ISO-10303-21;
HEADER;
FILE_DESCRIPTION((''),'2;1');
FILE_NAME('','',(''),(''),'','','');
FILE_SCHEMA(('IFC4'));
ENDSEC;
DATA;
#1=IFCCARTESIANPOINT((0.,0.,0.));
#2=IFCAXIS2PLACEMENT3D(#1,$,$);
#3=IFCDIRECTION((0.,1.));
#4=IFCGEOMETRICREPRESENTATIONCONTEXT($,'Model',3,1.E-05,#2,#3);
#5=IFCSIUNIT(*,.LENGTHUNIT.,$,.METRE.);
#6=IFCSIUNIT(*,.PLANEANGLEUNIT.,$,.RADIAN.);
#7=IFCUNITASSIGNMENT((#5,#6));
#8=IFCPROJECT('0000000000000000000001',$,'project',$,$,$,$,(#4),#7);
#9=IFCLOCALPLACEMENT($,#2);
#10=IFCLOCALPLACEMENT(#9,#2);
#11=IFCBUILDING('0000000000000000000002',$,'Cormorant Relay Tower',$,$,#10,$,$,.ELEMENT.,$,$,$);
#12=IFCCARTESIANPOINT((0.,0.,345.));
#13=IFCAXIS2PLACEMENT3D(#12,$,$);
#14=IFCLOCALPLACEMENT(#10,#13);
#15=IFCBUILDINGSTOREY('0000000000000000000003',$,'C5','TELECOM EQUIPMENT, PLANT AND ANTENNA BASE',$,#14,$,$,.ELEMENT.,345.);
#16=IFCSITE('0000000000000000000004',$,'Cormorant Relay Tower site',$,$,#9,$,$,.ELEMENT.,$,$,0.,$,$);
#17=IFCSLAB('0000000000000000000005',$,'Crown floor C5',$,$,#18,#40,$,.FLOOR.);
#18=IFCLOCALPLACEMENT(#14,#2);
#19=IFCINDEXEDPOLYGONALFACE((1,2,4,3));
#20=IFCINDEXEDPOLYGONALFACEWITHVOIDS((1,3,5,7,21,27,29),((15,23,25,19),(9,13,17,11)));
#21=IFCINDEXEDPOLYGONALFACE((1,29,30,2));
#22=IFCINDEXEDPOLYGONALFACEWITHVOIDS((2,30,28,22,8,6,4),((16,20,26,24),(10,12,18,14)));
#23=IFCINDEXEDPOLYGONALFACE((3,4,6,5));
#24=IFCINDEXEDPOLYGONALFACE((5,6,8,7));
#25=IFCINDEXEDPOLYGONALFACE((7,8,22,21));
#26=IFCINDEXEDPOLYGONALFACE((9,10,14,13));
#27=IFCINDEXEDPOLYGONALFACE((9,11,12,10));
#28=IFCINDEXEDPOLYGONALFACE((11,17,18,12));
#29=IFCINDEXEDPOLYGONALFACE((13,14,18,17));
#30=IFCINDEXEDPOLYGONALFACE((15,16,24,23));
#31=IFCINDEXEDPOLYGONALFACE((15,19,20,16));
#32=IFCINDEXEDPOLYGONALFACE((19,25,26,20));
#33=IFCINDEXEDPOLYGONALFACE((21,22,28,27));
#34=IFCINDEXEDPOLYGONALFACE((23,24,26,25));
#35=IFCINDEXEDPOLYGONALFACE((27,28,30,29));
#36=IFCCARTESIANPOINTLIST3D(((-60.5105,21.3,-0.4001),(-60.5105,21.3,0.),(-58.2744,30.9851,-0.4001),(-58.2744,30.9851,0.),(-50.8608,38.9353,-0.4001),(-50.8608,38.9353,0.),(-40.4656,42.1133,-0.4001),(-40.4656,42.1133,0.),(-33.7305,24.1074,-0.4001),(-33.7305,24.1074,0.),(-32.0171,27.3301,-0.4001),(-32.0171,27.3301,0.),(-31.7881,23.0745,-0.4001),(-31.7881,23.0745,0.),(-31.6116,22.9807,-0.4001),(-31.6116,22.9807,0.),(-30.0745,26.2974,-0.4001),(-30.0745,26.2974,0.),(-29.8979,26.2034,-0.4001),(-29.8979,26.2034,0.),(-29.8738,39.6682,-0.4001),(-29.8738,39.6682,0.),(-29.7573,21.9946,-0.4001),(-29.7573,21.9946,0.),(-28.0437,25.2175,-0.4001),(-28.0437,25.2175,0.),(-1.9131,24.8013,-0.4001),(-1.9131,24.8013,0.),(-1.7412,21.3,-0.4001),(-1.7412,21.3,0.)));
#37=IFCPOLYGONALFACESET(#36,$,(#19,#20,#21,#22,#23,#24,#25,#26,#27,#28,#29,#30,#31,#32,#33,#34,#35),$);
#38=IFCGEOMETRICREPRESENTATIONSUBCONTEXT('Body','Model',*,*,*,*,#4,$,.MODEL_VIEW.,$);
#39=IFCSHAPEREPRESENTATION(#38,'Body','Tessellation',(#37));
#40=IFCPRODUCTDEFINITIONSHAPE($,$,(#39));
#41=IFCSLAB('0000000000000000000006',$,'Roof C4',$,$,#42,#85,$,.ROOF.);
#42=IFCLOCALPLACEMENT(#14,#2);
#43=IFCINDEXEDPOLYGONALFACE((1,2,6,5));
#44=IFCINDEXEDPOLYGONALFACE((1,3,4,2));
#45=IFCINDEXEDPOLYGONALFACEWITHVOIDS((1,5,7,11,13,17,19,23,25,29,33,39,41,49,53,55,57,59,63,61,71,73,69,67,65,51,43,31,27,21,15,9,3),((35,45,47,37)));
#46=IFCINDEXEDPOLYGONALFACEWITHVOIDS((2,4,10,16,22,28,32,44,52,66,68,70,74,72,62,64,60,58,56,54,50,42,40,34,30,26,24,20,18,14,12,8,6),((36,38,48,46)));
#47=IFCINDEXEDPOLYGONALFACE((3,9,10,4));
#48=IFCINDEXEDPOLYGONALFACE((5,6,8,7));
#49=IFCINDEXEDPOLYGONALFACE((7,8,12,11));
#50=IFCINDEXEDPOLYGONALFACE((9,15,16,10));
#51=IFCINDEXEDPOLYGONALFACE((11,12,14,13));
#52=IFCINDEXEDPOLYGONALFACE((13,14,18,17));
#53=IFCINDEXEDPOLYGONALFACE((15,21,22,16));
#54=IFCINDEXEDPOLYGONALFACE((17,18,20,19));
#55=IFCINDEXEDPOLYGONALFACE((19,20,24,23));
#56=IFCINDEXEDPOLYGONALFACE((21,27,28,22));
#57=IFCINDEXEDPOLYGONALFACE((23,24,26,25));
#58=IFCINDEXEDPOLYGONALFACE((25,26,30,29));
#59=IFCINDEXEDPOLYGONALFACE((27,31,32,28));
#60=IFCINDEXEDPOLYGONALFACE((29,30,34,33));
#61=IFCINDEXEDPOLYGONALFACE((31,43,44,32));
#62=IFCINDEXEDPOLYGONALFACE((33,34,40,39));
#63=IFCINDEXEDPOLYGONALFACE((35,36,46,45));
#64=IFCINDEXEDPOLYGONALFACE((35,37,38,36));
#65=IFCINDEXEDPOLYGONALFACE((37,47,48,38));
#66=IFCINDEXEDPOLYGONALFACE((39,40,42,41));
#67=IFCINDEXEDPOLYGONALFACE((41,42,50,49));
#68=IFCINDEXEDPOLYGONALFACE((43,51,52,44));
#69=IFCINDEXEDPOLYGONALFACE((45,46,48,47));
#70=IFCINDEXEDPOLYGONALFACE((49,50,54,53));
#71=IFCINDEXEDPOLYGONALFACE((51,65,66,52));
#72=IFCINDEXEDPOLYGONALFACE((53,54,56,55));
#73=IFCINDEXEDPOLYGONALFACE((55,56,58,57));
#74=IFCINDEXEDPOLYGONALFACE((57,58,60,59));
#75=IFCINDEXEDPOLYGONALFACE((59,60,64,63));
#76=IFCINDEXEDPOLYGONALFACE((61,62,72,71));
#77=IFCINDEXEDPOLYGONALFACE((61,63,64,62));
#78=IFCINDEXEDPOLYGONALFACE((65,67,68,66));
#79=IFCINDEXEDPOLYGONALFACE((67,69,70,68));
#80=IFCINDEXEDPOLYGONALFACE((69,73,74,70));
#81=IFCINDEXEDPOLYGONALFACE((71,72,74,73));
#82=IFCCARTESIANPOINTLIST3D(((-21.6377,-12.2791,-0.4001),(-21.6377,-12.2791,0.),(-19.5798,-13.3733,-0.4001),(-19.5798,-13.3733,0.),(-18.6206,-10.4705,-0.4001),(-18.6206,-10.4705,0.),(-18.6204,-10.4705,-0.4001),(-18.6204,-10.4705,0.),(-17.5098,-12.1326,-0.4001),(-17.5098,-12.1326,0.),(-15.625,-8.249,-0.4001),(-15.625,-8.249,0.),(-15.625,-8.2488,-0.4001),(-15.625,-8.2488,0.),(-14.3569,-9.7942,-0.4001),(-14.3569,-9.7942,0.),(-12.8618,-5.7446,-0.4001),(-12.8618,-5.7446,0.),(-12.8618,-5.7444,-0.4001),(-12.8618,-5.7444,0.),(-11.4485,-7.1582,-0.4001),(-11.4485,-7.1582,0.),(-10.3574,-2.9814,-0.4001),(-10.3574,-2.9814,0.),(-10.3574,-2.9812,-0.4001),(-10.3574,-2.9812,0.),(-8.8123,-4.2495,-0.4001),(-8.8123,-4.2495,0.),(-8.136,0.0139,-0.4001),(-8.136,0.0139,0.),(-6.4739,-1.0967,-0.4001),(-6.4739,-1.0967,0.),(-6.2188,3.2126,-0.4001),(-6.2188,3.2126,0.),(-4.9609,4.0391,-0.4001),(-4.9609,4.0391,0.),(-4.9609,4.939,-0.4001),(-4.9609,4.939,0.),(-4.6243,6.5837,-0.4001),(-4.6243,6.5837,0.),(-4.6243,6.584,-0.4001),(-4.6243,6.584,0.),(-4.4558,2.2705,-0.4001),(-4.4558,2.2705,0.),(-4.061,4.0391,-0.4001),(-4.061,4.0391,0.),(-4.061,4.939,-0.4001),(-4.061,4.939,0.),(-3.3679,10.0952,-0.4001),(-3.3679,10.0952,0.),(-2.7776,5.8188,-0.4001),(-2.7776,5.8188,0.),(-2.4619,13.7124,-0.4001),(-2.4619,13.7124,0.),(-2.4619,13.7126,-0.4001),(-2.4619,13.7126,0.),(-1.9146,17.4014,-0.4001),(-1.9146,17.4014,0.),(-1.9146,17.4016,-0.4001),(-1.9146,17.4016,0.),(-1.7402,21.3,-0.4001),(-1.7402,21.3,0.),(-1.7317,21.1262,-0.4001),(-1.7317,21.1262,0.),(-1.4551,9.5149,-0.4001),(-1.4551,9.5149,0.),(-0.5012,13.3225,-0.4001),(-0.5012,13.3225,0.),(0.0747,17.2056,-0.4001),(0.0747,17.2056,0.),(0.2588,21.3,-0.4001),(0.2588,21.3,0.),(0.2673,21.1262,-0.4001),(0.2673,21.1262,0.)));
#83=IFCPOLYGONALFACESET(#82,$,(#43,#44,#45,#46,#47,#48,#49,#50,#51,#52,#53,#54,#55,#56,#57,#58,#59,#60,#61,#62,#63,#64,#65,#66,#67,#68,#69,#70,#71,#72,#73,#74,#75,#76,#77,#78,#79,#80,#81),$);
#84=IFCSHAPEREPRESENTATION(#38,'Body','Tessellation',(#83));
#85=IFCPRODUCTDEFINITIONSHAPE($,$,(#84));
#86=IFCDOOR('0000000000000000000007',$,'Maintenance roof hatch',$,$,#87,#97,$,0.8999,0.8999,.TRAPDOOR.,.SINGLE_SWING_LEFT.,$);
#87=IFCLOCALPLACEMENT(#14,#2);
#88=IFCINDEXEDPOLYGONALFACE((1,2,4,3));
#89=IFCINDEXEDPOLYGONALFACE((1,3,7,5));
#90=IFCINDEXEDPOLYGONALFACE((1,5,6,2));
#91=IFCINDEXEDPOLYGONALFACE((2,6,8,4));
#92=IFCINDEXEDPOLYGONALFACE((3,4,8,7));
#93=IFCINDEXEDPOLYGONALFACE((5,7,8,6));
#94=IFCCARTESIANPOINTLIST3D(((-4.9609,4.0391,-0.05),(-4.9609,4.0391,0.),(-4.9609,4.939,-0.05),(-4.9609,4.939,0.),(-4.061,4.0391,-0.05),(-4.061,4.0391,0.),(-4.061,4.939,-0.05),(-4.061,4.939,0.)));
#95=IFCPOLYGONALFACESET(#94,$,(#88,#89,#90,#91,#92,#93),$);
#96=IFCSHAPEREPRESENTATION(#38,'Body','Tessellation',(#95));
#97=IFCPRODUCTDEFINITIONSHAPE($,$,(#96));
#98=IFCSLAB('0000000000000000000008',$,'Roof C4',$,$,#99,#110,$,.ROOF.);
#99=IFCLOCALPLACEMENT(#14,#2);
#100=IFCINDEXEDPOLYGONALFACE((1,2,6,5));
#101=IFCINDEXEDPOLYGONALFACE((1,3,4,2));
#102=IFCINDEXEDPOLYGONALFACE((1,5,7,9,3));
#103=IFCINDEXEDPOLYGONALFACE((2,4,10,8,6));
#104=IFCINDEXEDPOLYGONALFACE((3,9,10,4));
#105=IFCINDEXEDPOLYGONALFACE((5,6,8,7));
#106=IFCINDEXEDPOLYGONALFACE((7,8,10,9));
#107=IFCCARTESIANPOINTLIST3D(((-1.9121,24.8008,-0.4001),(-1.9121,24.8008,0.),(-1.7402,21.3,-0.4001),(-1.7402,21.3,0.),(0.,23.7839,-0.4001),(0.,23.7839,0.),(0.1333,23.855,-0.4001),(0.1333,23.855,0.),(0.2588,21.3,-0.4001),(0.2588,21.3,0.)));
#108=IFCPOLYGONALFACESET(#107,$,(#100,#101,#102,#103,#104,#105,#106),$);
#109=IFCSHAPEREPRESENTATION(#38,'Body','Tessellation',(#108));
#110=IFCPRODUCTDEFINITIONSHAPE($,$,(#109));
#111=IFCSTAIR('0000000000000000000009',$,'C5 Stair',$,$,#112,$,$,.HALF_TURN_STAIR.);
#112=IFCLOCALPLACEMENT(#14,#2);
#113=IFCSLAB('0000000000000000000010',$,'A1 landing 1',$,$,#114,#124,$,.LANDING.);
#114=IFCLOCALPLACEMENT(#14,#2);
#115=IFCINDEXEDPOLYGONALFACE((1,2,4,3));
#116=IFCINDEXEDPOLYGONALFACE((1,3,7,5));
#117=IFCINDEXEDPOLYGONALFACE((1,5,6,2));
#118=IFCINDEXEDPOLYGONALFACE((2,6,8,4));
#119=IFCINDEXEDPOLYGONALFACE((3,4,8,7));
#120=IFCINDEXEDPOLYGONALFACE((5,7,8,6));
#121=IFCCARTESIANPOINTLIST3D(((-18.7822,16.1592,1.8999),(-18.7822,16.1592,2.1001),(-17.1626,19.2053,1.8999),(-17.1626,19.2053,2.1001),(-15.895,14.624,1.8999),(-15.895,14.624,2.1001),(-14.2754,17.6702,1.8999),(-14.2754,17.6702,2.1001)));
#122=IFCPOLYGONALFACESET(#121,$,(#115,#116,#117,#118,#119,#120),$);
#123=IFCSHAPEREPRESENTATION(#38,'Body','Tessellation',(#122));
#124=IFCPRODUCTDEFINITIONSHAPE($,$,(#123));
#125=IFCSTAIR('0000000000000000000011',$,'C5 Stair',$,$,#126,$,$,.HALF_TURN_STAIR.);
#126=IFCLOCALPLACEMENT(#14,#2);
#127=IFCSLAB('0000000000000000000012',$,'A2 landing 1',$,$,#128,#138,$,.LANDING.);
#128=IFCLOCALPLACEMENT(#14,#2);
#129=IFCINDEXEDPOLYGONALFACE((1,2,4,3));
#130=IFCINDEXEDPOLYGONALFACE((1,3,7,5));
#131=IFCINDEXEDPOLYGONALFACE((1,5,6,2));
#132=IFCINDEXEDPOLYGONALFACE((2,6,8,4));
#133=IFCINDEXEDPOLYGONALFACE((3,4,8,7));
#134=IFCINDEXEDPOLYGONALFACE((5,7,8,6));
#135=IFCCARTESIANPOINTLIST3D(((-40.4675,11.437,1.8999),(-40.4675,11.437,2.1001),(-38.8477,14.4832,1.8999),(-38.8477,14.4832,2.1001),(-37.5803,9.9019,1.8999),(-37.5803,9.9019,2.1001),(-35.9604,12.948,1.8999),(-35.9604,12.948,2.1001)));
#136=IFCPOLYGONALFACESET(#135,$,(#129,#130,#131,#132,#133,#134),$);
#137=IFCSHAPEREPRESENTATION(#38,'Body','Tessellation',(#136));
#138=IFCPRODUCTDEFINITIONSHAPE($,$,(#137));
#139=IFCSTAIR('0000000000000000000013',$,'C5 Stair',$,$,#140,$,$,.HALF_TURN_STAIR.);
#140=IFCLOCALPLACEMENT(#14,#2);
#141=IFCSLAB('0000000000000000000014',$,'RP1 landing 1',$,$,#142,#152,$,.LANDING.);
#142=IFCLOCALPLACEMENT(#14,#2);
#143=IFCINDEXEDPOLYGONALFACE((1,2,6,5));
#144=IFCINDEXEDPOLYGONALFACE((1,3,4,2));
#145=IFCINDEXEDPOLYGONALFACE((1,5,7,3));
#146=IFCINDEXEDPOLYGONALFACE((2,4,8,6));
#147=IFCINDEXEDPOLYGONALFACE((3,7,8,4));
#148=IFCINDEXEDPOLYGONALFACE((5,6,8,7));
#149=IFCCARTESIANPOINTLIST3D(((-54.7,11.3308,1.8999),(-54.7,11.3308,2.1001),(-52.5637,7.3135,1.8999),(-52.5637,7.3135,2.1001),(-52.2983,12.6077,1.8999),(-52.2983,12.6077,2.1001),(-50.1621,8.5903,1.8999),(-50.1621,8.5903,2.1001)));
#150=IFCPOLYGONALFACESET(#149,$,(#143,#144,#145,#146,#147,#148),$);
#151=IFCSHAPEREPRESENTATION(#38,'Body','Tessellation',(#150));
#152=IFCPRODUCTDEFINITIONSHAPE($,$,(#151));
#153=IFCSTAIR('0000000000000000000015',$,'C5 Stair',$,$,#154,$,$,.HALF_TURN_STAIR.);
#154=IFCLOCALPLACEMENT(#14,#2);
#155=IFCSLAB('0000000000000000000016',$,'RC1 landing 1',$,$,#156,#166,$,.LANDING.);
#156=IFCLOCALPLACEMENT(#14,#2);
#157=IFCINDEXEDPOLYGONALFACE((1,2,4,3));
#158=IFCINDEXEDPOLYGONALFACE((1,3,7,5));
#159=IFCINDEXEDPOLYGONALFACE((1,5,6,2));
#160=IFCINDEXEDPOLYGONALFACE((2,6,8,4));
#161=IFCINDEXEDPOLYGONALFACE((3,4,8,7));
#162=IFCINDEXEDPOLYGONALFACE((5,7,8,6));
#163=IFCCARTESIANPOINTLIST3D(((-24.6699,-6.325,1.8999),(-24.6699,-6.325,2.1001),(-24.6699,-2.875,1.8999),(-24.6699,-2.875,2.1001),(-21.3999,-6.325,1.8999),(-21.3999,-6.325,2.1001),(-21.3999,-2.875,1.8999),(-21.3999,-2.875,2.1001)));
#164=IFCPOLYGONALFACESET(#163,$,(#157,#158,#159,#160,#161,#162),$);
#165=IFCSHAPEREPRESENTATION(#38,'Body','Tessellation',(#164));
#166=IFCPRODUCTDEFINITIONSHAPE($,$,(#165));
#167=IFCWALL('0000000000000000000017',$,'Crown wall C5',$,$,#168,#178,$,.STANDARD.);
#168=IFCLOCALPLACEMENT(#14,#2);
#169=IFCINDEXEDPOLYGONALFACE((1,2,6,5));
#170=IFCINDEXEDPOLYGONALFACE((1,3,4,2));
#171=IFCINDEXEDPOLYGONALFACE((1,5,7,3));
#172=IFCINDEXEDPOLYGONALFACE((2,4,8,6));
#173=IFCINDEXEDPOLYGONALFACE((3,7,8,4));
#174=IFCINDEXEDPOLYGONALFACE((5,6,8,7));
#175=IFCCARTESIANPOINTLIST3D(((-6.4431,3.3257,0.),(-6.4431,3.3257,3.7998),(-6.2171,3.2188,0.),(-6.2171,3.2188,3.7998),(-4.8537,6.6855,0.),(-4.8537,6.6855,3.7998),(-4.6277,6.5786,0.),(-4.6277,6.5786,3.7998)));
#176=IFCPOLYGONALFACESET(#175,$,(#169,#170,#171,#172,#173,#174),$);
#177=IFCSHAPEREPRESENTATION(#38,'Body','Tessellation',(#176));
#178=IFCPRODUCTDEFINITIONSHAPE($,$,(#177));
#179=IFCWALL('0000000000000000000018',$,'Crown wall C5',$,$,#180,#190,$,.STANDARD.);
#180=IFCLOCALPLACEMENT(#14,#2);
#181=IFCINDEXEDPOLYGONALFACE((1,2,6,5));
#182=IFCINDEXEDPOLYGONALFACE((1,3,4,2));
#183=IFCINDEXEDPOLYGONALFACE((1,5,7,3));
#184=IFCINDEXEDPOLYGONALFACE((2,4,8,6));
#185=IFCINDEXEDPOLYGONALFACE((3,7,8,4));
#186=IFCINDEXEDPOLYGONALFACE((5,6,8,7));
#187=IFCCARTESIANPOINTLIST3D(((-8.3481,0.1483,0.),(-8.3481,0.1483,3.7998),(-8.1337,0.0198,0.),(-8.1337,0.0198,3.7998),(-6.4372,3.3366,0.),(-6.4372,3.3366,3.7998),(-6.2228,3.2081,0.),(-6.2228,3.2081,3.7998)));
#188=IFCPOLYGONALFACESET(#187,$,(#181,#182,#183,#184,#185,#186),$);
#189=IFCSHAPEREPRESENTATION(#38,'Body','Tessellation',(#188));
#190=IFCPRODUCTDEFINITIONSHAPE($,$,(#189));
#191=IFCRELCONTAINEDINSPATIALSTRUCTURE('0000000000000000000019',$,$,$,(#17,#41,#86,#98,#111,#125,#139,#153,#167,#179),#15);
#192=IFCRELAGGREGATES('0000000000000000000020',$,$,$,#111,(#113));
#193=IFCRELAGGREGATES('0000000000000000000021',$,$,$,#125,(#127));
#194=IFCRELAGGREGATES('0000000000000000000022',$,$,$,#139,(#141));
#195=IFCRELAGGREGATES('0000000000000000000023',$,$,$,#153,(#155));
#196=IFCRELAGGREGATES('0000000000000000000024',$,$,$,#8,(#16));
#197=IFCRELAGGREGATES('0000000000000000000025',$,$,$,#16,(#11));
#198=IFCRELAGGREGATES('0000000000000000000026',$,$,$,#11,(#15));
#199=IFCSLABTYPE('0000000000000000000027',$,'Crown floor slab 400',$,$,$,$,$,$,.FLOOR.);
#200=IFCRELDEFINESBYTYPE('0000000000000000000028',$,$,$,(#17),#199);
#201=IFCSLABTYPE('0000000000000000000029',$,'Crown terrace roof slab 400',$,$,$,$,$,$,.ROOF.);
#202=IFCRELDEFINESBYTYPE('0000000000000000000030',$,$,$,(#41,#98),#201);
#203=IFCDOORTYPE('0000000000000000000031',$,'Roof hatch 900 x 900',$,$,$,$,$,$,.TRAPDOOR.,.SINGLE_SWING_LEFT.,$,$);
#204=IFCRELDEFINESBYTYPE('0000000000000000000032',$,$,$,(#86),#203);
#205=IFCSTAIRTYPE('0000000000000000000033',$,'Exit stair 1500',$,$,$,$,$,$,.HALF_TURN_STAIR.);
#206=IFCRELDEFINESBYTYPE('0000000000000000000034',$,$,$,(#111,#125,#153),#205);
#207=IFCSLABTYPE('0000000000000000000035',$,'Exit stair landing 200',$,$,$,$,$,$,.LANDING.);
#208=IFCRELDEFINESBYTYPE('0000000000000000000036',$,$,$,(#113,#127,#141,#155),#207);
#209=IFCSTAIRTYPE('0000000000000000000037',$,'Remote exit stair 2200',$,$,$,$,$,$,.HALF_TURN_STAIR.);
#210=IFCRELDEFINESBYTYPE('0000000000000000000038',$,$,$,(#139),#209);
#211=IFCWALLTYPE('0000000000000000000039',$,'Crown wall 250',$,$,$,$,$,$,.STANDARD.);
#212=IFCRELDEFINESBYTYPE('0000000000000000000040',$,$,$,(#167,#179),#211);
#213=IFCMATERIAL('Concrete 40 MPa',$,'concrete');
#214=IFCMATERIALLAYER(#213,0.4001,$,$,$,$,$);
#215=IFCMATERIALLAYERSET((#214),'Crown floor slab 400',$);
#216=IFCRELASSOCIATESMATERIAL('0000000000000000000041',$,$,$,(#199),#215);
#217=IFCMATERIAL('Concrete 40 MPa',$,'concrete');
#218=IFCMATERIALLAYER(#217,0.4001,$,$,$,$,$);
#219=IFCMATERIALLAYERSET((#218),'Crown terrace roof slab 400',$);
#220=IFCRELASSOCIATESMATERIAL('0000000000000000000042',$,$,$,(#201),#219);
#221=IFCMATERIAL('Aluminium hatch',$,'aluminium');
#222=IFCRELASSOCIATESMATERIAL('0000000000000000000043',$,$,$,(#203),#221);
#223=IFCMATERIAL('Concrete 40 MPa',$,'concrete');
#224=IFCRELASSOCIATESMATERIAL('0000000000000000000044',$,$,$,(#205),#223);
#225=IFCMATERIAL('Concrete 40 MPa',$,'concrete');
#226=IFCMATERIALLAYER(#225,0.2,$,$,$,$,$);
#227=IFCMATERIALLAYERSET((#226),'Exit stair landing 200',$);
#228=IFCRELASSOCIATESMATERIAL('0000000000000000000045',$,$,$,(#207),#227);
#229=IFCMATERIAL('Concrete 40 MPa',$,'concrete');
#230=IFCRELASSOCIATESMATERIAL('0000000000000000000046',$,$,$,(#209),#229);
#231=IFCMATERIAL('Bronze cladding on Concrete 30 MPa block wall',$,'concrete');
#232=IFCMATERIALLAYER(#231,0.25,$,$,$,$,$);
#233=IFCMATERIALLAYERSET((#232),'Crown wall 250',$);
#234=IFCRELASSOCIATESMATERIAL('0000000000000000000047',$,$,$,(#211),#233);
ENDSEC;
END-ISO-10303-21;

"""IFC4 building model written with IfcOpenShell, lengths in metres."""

from ifc_helpers import new_model, si_unit, direction, frame, frame_2d, origin, origin_2d, place, context, subcontext, project, spatial, polyline, rectangle, outline, extrude, material, layer, layer_set, type_object, element, fill, aggregate, save


model = new_model("IFC4")

# Units and contexts
model_context = context("Model", 3, precision=1e-05, world=origin(), true_north=direction((0.0, 1.0)))
body_context = subcontext(model_context, "Body", "Model", "MODEL_VIEW")
ifc_project = project(units=[si_unit("LENGTHUNIT", "METRE"), si_unit("PLANEANGLEUNIT", "RADIAN")], contexts=[model_context])

# Site, building, storey
site_placement = place(None, origin())
site = spatial("IfcSite", under=ifc_project, at=site_placement, Name="Cormorant Relay Tower site", CompositionType="ELEMENT", RefElevation=0.0)
building_placement = place(site_placement, origin())
building = spatial("IfcBuilding", under=site, at=building_placement, Name="Cormorant Relay Tower", CompositionType="ELEMENT")
storey_placement = place(building_placement, frame((0.0, 0.0, 345.0)))
storey = spatial("IfcBuildingStorey", under=building, at=storey_placement, Name="C5", Description="TELECOM EQUIPMENT, PLANT AND ANTENNA BASE", CompositionType="ELEMENT", Elevation=345.0)

# Slab
ifc_material_1 = material(Name="Concrete 40 MPa", Category="concrete")
ifc_layer_1 = layer(ifc_material_1, 0.4001)
ifc_layer_set_1 = layer_set([ifc_layer_1], Name="Crown floor slab 400")
slab_type_1 = type_object("IfcSlabType", Name="Crown floor slab 400", PredefinedType="FLOOR", material=ifc_layer_set_1)
slab_1_placement = place(storey_placement, frame((0.0, 0.0, -0.4001)))
element("IfcSlab", 1, at=slab_1_placement, inside=storey, type_object=slab_type_1, Name="Crown floor C5", PredefinedType="FLOOR", context=body_context, shape_type="SweptSolid", body=[
    extrude(outline(polyline([(-60.5105, 21.3), (-1.7412, 21.3), (-1.9131, 24.8013), (-29.8738, 39.6682), (-40.4656, 42.1133), (-50.8608, 38.9353), (-58.2744, 30.9851), (-60.5105, 21.3)]), holes=[polyline([(-29.7573, 21.9946), (-28.0437, 25.2175), (-29.8979, 26.2034), (-31.6116, 22.9807), (-29.7573, 21.9946)]), polyline([(-33.7305, 24.1074), (-31.7881, 23.0745), (-30.0745, 26.2974), (-32.0171, 27.3301), (-33.7305, 24.1074)])]), origin(), (0.0, 0.0, 1.0), 0.4001),
])

# Slab, opening, door
ifc_material_2 = material(Name="Concrete 40 MPa", Category="concrete")
ifc_layer_2 = layer(ifc_material_2, 0.4001)
ifc_layer_set_2 = layer_set([ifc_layer_2], Name="Crown terrace roof slab 400")
slab_type_2 = type_object("IfcSlabType", Name="Crown terrace roof slab 400", PredefinedType="ROOF", material=ifc_layer_set_2)
slab_2_placement = place(storey_placement, frame((0.0, 0.0, -0.4001)))
slab_2 = element("IfcSlab", 2, at=slab_2_placement, inside=storey, type_object=slab_type_2, Name="Roof C4", PredefinedType="ROOF", context=body_context, shape_type="SweptSolid", body=[
    extrude(outline(polyline([(-19.5798, -13.3733), (-17.5098, -12.1326), (-14.3569, -9.7942), (-11.4485, -7.1582), (-8.8123, -4.2495), (-6.4739, -1.0967), (-4.4558, 2.2705), (-2.7776, 5.8188), (-1.4551, 9.5149), (-0.5012, 13.3225), (0.0747, 17.2056), (0.2673, 21.1262), (0.2588, 21.3), (-1.7402, 21.3), (-1.7317, 21.1262), (-1.7317, 21.1262), (-1.9146, 17.4016), (-1.9146, 17.4014), (-2.4619, 13.7126), (-2.4619, 13.7124), (-3.3679, 10.0952), (-3.3679, 10.0952), (-4.6243, 6.584), (-4.6243, 6.5837), (-6.2188, 3.2126), (-6.2188, 3.2126), (-8.136, 0.0139), (-8.136, 0.0139), (-10.3574, -2.9812), (-10.3574, -2.9814), (-12.8618, -5.7444), (-12.8618, -5.7446), (-15.625, -8.2488), (-15.625, -8.249), (-18.6204, -10.4705), (-18.6206, -10.4705), (-21.6377, -12.2791), (-19.5798, -13.3733)])), origin(), (0.0, 0.0, 1.0), 0.4001),
])
opening_placement = place(slab_2_placement, frame((-4.511, 4.489, 0.0)))
opening = element("IfcOpeningElement", 3, at=opening_placement, cuts=slab_2, PredefinedType="OPENING", context=body_context, shape_type="SweptSolid", body=[
    extrude(rectangle(XDim=0.8999, YDim=0.8999, at=origin_2d()), origin(), (0.0, 0.0, 1.0), 0.4001),
])
ifc_material_3 = material(Name="Aluminium hatch", Category="aluminium")
door_type = type_object("IfcDoorType", Name="Roof hatch 900 x 900", OperationType="SINGLE_SWING_LEFT", PredefinedType="TRAPDOOR", material=ifc_material_3)
door_placement = place(opening_placement, frame((0.0, 0.0, 0.3501)))
door = element("IfcDoor", 4, at=door_placement, inside=storey, type_object=door_type, Name="Maintenance roof hatch", OperationType="SINGLE_SWING_LEFT", OverallHeight=0.8999, OverallWidth=0.8999, PredefinedType="TRAPDOOR", context=body_context, shape_type="SweptSolid", body=[
    extrude(rectangle(XDim=0.8999, YDim=0.8999, at=origin_2d()), origin(), (0.0, 0.0, 1.0), 0.05),
])
fill(opening, door)

# Slab
slab_3_placement = place(storey_placement, frame((0.0, 0.0, -0.4001)))
element("IfcSlab", 5, at=slab_3_placement, inside=storey, type_object=slab_type_2, Name="Roof C4", PredefinedType="ROOF", context=body_context, shape_type="SweptSolid", body=[
    extrude(outline(polyline([(-1.7402, 21.3), (0.2588, 21.3), (0.1333, 23.855), (0.0, 23.7839), (-1.9121, 24.8008), (-1.7402, 21.3)])), origin(), (0.0, 0.0, 1.0), 0.4001),
])

# Stairs, slabs
ifc_material_4 = material(Name="Concrete 40 MPa", Category="concrete")
stair_type_1 = type_object("IfcStairType", Name="Exit stair 1500", PredefinedType="HALF_TURN_STAIR", material=ifc_material_4)
stair_1_placement = place(storey_placement, origin())
stair_1 = element("IfcStair", 6, at=stair_1_placement, inside=storey, type_object=stair_type_1, Name="C5 Stair", PredefinedType="HALF_TURN_STAIR")
ifc_material_5 = material(Name="Concrete 40 MPa", Category="concrete")
ifc_layer_3 = layer(ifc_material_5, 0.2)
ifc_layer_set_3 = layer_set([ifc_layer_3], Name="Exit stair landing 200")
slab_type_3 = type_object("IfcSlabType", Name="Exit stair landing 200", PredefinedType="LANDING", material=ifc_layer_set_3)
slab_4_placement = place(storey_placement, frame((0.0, 0.0, 1.8999)))
slab_4 = element("IfcSlab", 7, at=slab_4_placement, type_object=slab_type_3, Name="A1 landing 1", PredefinedType="LANDING", context=body_context, shape_type="SweptSolid", body=[
    extrude(outline(polyline([(-18.7822, 16.1592), (-15.895, 14.624), (-14.2754, 17.6702), (-17.1626, 19.2053), (-18.7822, 16.1592)])), origin(), (0.0, 0.0, 1.0), 0.2002),
])
aggregate(stair_1, [slab_4])
stair_2_placement = place(storey_placement, origin())
stair_2 = element("IfcStair", 8, at=stair_2_placement, inside=storey, type_object=stair_type_1, Name="C5 Stair", PredefinedType="HALF_TURN_STAIR")
slab_5_placement = place(storey_placement, frame((0.0, 0.0, 1.8999)))
slab_5 = element("IfcSlab", 9, at=slab_5_placement, type_object=slab_type_3, Name="A2 landing 1", PredefinedType="LANDING", context=body_context, shape_type="SweptSolid", body=[
    extrude(outline(polyline([(-35.9604, 12.948), (-38.8477, 14.4832), (-40.4675, 11.437), (-37.5803, 9.9019), (-35.9604, 12.948)])), origin(), (0.0, 0.0, 1.0), 0.2002),
])
aggregate(stair_2, [slab_5])
ifc_material_6 = material(Name="Concrete 40 MPa", Category="concrete")
stair_type_2 = type_object("IfcStairType", Name="Remote exit stair 2200", PredefinedType="HALF_TURN_STAIR", material=ifc_material_6)
stair_3_placement = place(storey_placement, origin())
stair_3 = element("IfcStair", 10, at=stair_3_placement, inside=storey, type_object=stair_type_2, Name="C5 Stair", PredefinedType="HALF_TURN_STAIR")
slab_6_placement = place(storey_placement, frame((0.0, 0.0, 1.8999)))
slab_6 = element("IfcSlab", 11, at=slab_6_placement, type_object=slab_type_3, Name="RP1 landing 1", PredefinedType="LANDING", context=body_context, shape_type="SweptSolid", body=[
    extrude(outline(polyline([(-52.2983, 12.6077), (-54.7, 11.3308), (-52.5637, 7.3135), (-50.1621, 8.5903), (-52.2983, 12.6077)])), origin(), (0.0, 0.0, 1.0), 0.2002),
])
aggregate(stair_3, [slab_6])
stair_4_placement = place(storey_placement, origin())
stair_4 = element("IfcStair", 12, at=stair_4_placement, inside=storey, type_object=stair_type_1, Name="C5 Stair", PredefinedType="HALF_TURN_STAIR")
slab_7_placement = place(storey_placement, frame((0.0, 0.0, 1.8999)))
slab_7 = element("IfcSlab", 13, at=slab_7_placement, type_object=slab_type_3, Name="RC1 landing 1", PredefinedType="LANDING", context=body_context, shape_type="SweptSolid", body=[
    extrude(outline(polyline([(-24.6699, -6.325), (-21.3999, -6.325), (-21.3999, -2.875), (-24.6699, -2.875), (-24.6699, -6.325)])), origin(), (0.0, 0.0, 1.0), 0.2002),
])
aggregate(stair_4, [slab_7])

# Walls
ifc_material_7 = material(Name="Bronze cladding on Concrete 30 MPa block wall", Category="concrete")
ifc_layer_4 = layer(ifc_material_7, 0.25)
ifc_layer_set_4 = layer_set([ifc_layer_4], Name="Crown wall 250")
wall_type_1 = type_object("IfcWallType", Name="Crown wall 250", PredefinedType="STANDARD", material=ifc_layer_set_4)
wall_1_placement = place(storey_placement, frame((-4.7407, 6.6321, 0.0), z_axis=(0.0, 0.0, 1.0), x_axis=(-0.427612, -0.903962, 0.0)))
element("IfcWall", 14, at=wall_1_placement, inside=storey, type_object=wall_type_1, Name="Crown wall C5", PredefinedType="STANDARD", context=body_context, shape_type="SweptSolid", body=[
    extrude(rectangle(XDim=3.7168, YDim=0.25, at=frame_2d((1.8584, 0.0))), origin(), (0.0, 0.0, 1.0), 3.7998),
])
wall_2_placement = place(storey_placement, frame((-6.3301, 3.2722, 0.0), z_axis=(0.0, 0.0, 1.0), x_axis=(-0.51409, -0.857736, 0.0)))
element("IfcWall", 15, at=wall_2_placement, inside=storey, type_object=wall_type_1, Name="Crown wall C5", PredefinedType="STANDARD", context=body_context, shape_type="SweptSolid", body=[
    extrude(rectangle(XDim=3.717, YDim=0.25, at=frame_2d((1.8584, 0.0))), origin(), (0.0, 0.0, 1.0), 3.7998),
])

save(model, "model.ifc")
